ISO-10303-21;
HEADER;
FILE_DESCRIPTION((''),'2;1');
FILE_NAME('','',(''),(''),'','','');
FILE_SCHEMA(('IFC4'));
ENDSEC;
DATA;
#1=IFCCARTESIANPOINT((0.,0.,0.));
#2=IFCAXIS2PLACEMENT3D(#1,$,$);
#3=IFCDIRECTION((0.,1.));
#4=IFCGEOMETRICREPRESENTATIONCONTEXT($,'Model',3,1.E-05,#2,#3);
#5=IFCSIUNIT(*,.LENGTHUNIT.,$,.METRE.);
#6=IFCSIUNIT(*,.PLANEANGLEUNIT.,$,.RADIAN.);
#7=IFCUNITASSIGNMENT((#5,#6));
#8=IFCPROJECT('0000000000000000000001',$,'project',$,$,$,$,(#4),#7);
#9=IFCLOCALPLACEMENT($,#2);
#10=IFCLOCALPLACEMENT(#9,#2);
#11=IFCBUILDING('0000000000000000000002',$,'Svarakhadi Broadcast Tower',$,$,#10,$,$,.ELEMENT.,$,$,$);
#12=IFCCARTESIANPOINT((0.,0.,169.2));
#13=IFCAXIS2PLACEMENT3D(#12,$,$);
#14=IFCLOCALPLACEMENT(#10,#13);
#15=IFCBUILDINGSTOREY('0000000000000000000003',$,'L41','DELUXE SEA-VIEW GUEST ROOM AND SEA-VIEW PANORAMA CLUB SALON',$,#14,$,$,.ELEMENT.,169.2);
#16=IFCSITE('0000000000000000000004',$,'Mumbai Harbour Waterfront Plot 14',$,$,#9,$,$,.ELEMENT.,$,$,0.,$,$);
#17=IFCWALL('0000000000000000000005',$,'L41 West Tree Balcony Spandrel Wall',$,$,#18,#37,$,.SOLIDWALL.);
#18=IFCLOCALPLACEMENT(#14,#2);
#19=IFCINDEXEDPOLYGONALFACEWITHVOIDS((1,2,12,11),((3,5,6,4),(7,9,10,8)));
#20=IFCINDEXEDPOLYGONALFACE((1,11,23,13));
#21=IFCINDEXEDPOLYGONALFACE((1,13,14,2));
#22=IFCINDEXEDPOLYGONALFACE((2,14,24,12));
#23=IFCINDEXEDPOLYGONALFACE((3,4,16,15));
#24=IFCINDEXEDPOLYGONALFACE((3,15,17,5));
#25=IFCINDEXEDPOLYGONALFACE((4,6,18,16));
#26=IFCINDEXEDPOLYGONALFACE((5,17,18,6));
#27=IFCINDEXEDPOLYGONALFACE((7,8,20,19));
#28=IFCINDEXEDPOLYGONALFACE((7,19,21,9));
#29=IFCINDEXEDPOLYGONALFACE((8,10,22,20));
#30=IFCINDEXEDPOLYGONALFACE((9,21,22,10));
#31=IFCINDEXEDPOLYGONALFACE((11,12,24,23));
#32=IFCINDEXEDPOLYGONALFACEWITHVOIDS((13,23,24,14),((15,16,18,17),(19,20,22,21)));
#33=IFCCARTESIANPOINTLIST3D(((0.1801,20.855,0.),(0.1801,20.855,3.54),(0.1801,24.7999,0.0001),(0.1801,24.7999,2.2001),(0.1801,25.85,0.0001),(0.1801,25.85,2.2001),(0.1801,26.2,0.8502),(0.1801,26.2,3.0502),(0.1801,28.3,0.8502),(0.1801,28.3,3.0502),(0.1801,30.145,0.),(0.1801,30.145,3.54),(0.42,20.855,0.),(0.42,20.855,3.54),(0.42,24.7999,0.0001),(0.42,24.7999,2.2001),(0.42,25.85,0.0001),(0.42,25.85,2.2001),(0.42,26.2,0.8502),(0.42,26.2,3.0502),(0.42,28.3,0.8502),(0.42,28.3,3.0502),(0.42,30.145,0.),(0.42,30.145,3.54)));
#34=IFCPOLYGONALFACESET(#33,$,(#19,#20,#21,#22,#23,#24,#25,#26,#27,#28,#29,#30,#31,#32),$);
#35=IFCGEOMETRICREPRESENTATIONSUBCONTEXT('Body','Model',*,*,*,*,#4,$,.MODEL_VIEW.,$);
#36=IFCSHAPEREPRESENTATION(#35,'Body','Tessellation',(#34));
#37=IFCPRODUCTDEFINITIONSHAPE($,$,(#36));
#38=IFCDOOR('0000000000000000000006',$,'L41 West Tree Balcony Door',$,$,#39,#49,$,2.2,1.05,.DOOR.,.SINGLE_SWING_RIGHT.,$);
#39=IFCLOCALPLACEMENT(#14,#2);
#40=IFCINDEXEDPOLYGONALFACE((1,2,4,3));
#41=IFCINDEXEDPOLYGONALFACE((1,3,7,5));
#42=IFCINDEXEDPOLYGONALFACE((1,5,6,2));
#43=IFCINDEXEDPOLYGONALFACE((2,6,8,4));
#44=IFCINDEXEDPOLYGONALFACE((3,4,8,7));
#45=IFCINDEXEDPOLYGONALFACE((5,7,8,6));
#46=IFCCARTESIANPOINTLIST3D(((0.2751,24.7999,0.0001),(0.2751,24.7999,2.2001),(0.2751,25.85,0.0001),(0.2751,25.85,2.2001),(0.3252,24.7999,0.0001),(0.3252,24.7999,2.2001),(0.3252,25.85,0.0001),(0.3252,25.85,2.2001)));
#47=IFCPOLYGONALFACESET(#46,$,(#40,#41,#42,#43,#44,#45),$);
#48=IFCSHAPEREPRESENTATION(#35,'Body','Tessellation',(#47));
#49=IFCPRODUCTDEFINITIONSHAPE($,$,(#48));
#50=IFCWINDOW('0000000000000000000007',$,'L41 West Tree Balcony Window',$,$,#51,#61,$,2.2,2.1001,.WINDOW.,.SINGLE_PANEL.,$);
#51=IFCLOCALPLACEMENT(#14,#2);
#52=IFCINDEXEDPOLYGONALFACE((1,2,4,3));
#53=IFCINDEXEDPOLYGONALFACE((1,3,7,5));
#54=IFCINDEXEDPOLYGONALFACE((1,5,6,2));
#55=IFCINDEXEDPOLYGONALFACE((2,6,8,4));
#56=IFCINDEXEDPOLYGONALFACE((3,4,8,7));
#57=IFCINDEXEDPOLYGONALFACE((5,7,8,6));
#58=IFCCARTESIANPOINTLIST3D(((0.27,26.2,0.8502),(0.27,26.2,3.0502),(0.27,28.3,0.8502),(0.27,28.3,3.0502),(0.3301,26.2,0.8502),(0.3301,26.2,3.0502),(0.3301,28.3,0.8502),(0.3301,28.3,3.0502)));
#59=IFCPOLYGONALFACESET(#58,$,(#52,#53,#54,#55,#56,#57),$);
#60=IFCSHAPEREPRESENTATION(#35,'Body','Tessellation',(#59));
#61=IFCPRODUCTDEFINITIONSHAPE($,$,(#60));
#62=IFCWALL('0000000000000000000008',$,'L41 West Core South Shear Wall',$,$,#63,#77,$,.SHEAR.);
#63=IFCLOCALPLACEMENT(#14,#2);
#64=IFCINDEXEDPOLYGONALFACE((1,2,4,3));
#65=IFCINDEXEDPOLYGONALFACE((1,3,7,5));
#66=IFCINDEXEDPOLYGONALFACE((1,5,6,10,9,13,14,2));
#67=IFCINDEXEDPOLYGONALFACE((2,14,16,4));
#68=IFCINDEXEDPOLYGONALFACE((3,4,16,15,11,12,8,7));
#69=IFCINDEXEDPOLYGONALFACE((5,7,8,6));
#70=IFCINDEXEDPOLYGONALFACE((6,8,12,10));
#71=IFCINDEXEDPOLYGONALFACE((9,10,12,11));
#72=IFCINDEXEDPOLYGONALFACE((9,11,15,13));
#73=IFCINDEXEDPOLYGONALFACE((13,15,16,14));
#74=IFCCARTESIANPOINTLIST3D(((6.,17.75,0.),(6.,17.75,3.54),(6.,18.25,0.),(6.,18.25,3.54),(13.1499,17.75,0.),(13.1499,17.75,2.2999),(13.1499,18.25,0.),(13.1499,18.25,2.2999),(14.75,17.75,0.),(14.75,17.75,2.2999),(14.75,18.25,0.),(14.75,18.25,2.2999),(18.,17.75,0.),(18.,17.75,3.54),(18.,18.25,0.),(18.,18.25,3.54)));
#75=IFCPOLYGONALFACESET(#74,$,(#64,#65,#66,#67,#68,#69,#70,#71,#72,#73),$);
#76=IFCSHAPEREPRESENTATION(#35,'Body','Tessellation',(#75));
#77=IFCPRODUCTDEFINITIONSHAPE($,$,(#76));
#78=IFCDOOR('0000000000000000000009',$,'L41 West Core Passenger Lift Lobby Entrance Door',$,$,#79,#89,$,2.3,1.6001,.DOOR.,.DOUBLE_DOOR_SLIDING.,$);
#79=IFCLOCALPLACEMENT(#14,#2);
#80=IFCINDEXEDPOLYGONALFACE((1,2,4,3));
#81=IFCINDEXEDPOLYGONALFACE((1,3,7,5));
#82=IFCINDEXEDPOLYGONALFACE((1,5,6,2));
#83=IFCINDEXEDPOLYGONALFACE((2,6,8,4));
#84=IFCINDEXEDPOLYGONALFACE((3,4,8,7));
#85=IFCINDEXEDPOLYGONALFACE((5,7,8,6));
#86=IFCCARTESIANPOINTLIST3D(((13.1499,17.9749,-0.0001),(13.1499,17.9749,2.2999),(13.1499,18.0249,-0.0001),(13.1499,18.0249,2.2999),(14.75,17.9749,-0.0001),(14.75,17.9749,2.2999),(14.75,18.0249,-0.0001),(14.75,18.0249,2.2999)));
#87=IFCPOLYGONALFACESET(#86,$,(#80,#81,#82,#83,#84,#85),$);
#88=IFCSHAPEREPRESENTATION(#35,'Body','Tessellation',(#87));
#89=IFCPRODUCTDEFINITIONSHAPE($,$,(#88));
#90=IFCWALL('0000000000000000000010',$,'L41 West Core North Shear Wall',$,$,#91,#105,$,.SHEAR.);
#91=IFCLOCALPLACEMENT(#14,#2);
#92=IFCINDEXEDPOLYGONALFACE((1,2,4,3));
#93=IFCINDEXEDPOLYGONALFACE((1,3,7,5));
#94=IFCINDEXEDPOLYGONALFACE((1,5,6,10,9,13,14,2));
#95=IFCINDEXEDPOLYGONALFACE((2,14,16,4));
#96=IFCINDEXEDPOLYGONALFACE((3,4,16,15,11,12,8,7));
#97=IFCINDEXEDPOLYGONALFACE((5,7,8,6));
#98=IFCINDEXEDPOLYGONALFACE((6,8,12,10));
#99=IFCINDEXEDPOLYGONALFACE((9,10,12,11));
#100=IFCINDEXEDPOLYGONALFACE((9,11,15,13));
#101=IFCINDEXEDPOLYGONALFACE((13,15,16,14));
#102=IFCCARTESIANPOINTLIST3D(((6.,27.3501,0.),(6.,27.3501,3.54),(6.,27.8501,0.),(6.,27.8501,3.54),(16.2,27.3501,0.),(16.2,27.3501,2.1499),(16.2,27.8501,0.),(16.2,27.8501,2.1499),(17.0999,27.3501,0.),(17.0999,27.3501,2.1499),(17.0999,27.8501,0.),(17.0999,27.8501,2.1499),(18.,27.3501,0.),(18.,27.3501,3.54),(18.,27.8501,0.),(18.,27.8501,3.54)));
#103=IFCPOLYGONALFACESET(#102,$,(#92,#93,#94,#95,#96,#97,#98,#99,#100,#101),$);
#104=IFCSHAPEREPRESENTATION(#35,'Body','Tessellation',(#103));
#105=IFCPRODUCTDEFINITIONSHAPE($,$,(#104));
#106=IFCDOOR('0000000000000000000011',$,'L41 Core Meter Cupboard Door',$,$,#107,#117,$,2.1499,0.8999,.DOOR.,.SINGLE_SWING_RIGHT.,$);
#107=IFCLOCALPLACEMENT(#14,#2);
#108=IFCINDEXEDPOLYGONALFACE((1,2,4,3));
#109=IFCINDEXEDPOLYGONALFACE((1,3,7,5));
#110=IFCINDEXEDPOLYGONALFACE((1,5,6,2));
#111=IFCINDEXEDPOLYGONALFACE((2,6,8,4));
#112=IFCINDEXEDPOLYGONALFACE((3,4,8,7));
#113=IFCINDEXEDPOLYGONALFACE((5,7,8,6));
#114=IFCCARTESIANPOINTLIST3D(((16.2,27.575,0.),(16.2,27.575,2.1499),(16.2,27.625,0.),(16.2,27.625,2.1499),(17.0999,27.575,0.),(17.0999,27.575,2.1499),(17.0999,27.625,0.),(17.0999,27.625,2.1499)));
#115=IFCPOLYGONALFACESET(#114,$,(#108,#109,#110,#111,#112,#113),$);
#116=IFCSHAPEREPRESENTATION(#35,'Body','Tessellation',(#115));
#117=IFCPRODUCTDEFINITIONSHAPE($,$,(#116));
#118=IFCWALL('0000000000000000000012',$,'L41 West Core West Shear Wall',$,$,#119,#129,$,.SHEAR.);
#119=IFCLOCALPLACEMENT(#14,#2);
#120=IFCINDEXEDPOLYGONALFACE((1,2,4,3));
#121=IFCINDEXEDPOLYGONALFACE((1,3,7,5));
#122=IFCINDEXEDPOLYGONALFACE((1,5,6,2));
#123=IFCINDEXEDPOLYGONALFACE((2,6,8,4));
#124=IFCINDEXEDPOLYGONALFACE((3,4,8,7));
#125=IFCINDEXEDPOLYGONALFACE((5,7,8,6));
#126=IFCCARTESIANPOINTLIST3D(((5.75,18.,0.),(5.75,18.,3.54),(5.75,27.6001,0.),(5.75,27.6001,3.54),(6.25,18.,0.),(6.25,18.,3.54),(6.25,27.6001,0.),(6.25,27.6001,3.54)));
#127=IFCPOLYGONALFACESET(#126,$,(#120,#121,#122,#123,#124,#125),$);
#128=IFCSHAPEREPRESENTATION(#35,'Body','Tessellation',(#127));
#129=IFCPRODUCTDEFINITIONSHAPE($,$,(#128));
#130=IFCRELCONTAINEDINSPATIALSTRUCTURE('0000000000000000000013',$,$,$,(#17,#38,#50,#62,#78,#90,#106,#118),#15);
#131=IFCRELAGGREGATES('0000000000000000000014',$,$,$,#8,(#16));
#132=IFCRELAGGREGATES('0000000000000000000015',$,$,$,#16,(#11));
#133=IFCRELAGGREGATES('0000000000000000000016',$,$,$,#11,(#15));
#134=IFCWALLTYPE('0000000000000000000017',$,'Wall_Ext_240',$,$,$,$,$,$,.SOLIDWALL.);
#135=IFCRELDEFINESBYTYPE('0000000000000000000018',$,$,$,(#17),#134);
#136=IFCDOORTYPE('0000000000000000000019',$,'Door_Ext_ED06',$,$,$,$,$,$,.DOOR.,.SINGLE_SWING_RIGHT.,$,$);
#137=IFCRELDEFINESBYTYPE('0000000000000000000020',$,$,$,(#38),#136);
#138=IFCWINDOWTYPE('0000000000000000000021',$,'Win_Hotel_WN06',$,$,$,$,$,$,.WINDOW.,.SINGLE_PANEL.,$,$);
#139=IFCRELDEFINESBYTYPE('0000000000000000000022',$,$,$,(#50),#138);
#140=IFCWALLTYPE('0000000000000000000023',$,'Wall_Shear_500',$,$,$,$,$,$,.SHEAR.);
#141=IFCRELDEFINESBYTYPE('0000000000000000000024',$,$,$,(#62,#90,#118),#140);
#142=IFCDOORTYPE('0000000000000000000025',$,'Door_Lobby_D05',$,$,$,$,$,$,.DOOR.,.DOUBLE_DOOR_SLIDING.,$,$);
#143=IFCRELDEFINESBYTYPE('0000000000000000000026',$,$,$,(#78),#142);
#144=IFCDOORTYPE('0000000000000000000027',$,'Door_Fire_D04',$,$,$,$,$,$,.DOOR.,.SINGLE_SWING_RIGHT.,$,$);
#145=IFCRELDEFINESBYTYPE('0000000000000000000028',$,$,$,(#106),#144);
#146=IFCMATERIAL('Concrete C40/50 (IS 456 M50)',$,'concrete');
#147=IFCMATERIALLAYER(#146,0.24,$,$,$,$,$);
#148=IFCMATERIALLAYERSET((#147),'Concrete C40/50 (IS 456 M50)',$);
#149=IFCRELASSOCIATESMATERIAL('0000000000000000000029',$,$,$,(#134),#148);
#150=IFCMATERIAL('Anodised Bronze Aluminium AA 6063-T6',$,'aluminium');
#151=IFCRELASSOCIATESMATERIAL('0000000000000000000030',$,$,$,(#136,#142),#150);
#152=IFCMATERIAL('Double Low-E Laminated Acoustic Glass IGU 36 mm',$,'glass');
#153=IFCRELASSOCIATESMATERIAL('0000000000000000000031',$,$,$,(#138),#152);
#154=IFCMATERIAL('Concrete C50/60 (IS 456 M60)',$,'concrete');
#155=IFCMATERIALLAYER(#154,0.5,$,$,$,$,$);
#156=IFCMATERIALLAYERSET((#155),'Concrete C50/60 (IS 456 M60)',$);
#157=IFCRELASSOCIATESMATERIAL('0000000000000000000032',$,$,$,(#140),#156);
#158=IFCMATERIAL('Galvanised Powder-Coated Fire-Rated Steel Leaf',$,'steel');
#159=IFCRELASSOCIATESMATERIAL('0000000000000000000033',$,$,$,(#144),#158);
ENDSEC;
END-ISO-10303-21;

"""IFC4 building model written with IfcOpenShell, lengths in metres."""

from ifc_helpers import new_model, si_unit, direction, frame, frame_2d, origin, place, context, subcontext, project, spatial, rectangle, extrude, material, layer, layer_set, type_object, element, fill, save


model = new_model("IFC4")

# Units and contexts
model_context = context("Model", 3, precision=1e-05, world=origin(), true_north=direction((0.0, 1.0)))
body_context = subcontext(model_context, "Body", "Model", "MODEL_VIEW")
ifc_project = project(units=[si_unit("LENGTHUNIT", "METRE"), si_unit("PLANEANGLEUNIT", "RADIAN")], contexts=[model_context])

# Site, building, storey
site_placement = place(None, origin())
site = spatial("IfcSite", under=ifc_project, at=site_placement, Name="Mumbai Harbour Waterfront Plot 14", CompositionType="ELEMENT", RefElevation=0.0)
building_placement = place(site_placement, origin())
building = spatial("IfcBuilding", under=site, at=building_placement, Name="Svarakhadi Broadcast Tower", CompositionType="ELEMENT")
storey_placement = place(building_placement, frame((0.0, 0.0, 169.2)))
storey = spatial("IfcBuildingStorey", under=building, at=storey_placement, Name="L41", Description="DELUXE SEA-VIEW GUEST ROOM AND SEA-VIEW PANORAMA CLUB SALON", CompositionType="ELEMENT", Elevation=169.2)

# Shared definitions
ifc_material_1 = material(Name="Concrete C50/60 (IS 456 M60)", Category="concrete")

# Shared definitions
ifc_material_2 = material(Name="Anodised Bronze Aluminium AA 6063-T6", Category="aluminium")

# Shared definitions
ifc_material_3 = material(Name="Double Low-E Laminated Acoustic Glass IGU 36 mm", Category="glass")

# Wall, openings, door, window
ifc_material_4 = material(Name="Concrete C40/50 (IS 456 M50)", Category="concrete")
ifc_layer_1 = layer(ifc_material_4, 0.24)
ifc_layer_set_1 = layer_set([ifc_layer_1], Name="Concrete C40/50 (IS 456 M50)")
wall_type_1 = type_object("IfcWallType", Name="Wall_Ext_240", PredefinedType="SOLIDWALL", material=ifc_layer_set_1)
wall_1_placement = place(storey_placement, frame((0.3, 20.855, 0.0), z_axis=(0.0, 0.0, 1.0), x_axis=(0.0, 1.0, 0.0)))
wall_1 = element("IfcWall", 1, at=wall_1_placement, inside=storey, type_object=wall_type_1, Name="L41 West Tree Balcony Spandrel Wall", PredefinedType="SOLIDWALL", context=body_context, shape_type="SweptSolid", body=[
    extrude(rectangle(XDim=9.29, YDim=0.24, at=frame_2d((4.645, 0.0))), origin(), (0.0, 0.0, 1.0), 3.54),
])
opening_1_placement = place(wall_1_placement, frame((3.9451, 0.0, 0.0)))
opening_1 = element("IfcOpeningElement", 2, at=opening_1_placement, cuts=wall_1, PredefinedType="OPENING", context=body_context, shape_type="SweptSolid", body=[
    extrude(rectangle(XDim=1.05, YDim=2.2, at=frame_2d((0.5249, 1.1001))), frame((0.0, 0.1299, 0.0), z_axis=(0.0, -1.0, 0.0), x_axis=(1.0, 0.0, 0.0)), (0.0, 0.0, 1.0), 0.26),
])
opening_2_placement = place(wall_1_placement, frame((5.345, 0.0, 0.8501)))
opening_2 = element("IfcOpeningElement", 3, at=opening_2_placement, cuts=wall_1, PredefinedType="OPENING", context=body_context, shape_type="SweptSolid", body=[
    extrude(rectangle(XDim=2.1001, YDim=2.2, at=frame_2d((1.05, 1.1001))), frame((0.0, 0.1299, 0.0), z_axis=(0.0, -1.0, 0.0), x_axis=(1.0, 0.0, 0.0)), (0.0, 0.0, 1.0), 0.26),
])
door_type_1 = type_object("IfcDoorType", Name="Door_Ext_ED06", OperationType="SINGLE_SWING_RIGHT", PredefinedType="DOOR", material=ifc_material_2)
door_1_placement = place(opening_1_placement, origin())
door_1 = element("IfcDoor", 4, at=door_1_placement, inside=storey, type_object=door_type_1, Name="L41 West Tree Balcony Door", OperationType="SINGLE_SWING_RIGHT", OverallHeight=2.2, OverallWidth=1.05, PredefinedType="DOOR", context=body_context, shape_type="SweptSolid", body=[
    extrude(rectangle(XDim=1.05, YDim=2.2, at=frame_2d((0.5249, 1.1001))), frame((0.0, 0.0249, 0.0), z_axis=(0.0, -1.0, 0.0), x_axis=(1.0, 0.0, 0.0)), (0.0, 0.0, 1.0), 0.05),
])
fill(opening_1, door_1)
window_type = type_object("IfcWindowType", Name="Win_Hotel_WN06", PartitioningType="SINGLE_PANEL", PredefinedType="WINDOW", material=ifc_material_3)
window_placement = place(opening_2_placement, origin())
window = element("IfcWindow", 5, at=window_placement, inside=storey, type_object=window_type, Name="L41 West Tree Balcony Window", OverallHeight=2.2, OverallWidth=2.1001, PartitioningType="SINGLE_PANEL", PredefinedType="WINDOW", context=body_context, shape_type="SweptSolid", body=[
    extrude(rectangle(XDim=2.1001, YDim=2.2, at=frame_2d((1.05, 1.1001))), frame((0.0, 0.03, 0.0), z_axis=(0.0, -1.0, 0.0), x_axis=(1.0, 0.0, 0.0)), (0.0, 0.0, 1.0), 0.0601),
])
fill(opening_2, window)

# Walls, openings, doors
ifc_layer_2 = layer(ifc_material_1, 0.5)
ifc_layer_set_2 = layer_set([ifc_layer_2], Name="Concrete C50/60 (IS 456 M60)")
wall_type_2 = type_object("IfcWallType", Name="Wall_Shear_500", PredefinedType="SHEAR", material=ifc_layer_set_2)
wall_2_placement = place(storey_placement, frame((6.0, 18.0, 0.0), z_axis=(0.0, 0.0, 1.0), x_axis=(1.0, 0.0, 0.0)))
wall_2 = element("IfcWall", 6, at=wall_2_placement, inside=storey, type_object=wall_type_2, Name="L41 West Core South Shear Wall", PredefinedType="SHEAR", context=body_context, shape_type="SweptSolid", body=[
    extrude(rectangle(XDim=12.0, YDim=0.5, at=frame_2d((6.0, 0.0))), origin(), (0.0, 0.0, 1.0), 3.54),
])
opening_3_placement = place(wall_2_placement, frame((7.1499, 0.0, 0.0)))
opening_3 = element("IfcOpeningElement", 7, at=opening_3_placement, cuts=wall_2, PredefinedType="OPENING", context=body_context, shape_type="SweptSolid", body=[
    extrude(rectangle(XDim=1.6001, YDim=2.3, at=frame_2d((0.8, 1.1499))), frame((0.0, 0.26, 0.0), z_axis=(0.0, -1.0, 0.0), x_axis=(1.0, 0.0, 0.0)), (0.0, 0.0, 1.0), 0.52),
])
door_type_2 = type_object("IfcDoorType", Name="Door_Lobby_D05", OperationType="DOUBLE_DOOR_SLIDING", PredefinedType="DOOR", material=ifc_material_2)
door_2_placement = place(opening_3_placement, origin())
door_2 = element("IfcDoor", 8, at=door_2_placement, inside=storey, type_object=door_type_2, Name="L41 West Core Passenger Lift Lobby Entrance Door", OperationType="DOUBLE_DOOR_SLIDING", OverallHeight=2.3, OverallWidth=1.6001, PredefinedType="DOOR", context=body_context, shape_type="SweptSolid", body=[
    extrude(rectangle(XDim=1.6001, YDim=2.3, at=frame_2d((0.8, 1.1499))), frame((0.0, 0.0249, 0.0), z_axis=(0.0, -1.0, 0.0), x_axis=(1.0, 0.0, 0.0)), (0.0, 0.0, 1.0), 0.05),
])
fill(opening_3, door_2)
wall_3_placement = place(storey_placement, frame((6.0, 27.6001, 0.0), z_axis=(0.0, 0.0, 1.0), x_axis=(1.0, 0.0, 0.0)))
wall_3 = element("IfcWall", 9, at=wall_3_placement, inside=storey, type_object=wall_type_2, Name="L41 West Core North Shear Wall", PredefinedType="SHEAR", context=body_context, shape_type="SweptSolid", body=[
    extrude(rectangle(XDim=12.0, YDim=0.5, at=frame_2d((6.0, 0.0))), origin(), (0.0, 0.0, 1.0), 3.54),
])
opening_4_placement = place(wall_3_placement, frame((10.2, 0.0, 0.0)))
opening_4 = element("IfcOpeningElement", 10, at=opening_4_placement, cuts=wall_3, PredefinedType="OPENING", context=body_context, shape_type="SweptSolid", body=[
    extrude(rectangle(XDim=0.8999, YDim=2.1499, at=frame_2d((0.45, 1.075))), frame((0.0, 0.26, 0.0), z_axis=(0.0, -1.0, 0.0), x_axis=(1.0, 0.0, 0.0)), (0.0, 0.0, 1.0), 0.52),
])
ifc_material_5 = material(Name="Galvanised Powder-Coated Fire-Rated Steel Leaf", Category="steel")
door_type_3 = type_object("IfcDoorType", Name="Door_Fire_D04", OperationType="SINGLE_SWING_RIGHT", PredefinedType="DOOR", material=ifc_material_5)
door_3_placement = place(opening_4_placement, origin())
door_3 = element("IfcDoor", 11, at=door_3_placement, inside=storey, type_object=door_type_3, Name="L41 Core Meter Cupboard Door", OperationType="SINGLE_SWING_RIGHT", OverallHeight=2.1499, OverallWidth=0.8999, PredefinedType="DOOR", context=body_context, shape_type="SweptSolid", body=[
    extrude(rectangle(XDim=0.8999, YDim=2.1499, at=frame_2d((0.45, 1.075))), frame((0.0, 0.0249, 0.0), z_axis=(0.0, -1.0, 0.0), x_axis=(1.0, 0.0, 0.0)), (0.0, 0.0, 1.0), 0.05),
])
fill(opening_4, door_3)

# Wall
wall_4_placement = place(storey_placement, frame((6.0, 18.0, 0.0), z_axis=(0.0, 0.0, 1.0), x_axis=(0.0, 1.0, 0.0)))
element("IfcWall", 12, at=wall_4_placement, inside=storey, type_object=wall_type_2, Name="L41 West Core West Shear Wall", PredefinedType="SHEAR", context=body_context, shape_type="SweptSolid", body=[
    extrude(rectangle(XDim=9.6001, YDim=0.5, at=frame_2d((4.8, 0.0))), origin(), (0.0, 0.0, 1.0), 3.54),
])

save(model, "model.ifc")
